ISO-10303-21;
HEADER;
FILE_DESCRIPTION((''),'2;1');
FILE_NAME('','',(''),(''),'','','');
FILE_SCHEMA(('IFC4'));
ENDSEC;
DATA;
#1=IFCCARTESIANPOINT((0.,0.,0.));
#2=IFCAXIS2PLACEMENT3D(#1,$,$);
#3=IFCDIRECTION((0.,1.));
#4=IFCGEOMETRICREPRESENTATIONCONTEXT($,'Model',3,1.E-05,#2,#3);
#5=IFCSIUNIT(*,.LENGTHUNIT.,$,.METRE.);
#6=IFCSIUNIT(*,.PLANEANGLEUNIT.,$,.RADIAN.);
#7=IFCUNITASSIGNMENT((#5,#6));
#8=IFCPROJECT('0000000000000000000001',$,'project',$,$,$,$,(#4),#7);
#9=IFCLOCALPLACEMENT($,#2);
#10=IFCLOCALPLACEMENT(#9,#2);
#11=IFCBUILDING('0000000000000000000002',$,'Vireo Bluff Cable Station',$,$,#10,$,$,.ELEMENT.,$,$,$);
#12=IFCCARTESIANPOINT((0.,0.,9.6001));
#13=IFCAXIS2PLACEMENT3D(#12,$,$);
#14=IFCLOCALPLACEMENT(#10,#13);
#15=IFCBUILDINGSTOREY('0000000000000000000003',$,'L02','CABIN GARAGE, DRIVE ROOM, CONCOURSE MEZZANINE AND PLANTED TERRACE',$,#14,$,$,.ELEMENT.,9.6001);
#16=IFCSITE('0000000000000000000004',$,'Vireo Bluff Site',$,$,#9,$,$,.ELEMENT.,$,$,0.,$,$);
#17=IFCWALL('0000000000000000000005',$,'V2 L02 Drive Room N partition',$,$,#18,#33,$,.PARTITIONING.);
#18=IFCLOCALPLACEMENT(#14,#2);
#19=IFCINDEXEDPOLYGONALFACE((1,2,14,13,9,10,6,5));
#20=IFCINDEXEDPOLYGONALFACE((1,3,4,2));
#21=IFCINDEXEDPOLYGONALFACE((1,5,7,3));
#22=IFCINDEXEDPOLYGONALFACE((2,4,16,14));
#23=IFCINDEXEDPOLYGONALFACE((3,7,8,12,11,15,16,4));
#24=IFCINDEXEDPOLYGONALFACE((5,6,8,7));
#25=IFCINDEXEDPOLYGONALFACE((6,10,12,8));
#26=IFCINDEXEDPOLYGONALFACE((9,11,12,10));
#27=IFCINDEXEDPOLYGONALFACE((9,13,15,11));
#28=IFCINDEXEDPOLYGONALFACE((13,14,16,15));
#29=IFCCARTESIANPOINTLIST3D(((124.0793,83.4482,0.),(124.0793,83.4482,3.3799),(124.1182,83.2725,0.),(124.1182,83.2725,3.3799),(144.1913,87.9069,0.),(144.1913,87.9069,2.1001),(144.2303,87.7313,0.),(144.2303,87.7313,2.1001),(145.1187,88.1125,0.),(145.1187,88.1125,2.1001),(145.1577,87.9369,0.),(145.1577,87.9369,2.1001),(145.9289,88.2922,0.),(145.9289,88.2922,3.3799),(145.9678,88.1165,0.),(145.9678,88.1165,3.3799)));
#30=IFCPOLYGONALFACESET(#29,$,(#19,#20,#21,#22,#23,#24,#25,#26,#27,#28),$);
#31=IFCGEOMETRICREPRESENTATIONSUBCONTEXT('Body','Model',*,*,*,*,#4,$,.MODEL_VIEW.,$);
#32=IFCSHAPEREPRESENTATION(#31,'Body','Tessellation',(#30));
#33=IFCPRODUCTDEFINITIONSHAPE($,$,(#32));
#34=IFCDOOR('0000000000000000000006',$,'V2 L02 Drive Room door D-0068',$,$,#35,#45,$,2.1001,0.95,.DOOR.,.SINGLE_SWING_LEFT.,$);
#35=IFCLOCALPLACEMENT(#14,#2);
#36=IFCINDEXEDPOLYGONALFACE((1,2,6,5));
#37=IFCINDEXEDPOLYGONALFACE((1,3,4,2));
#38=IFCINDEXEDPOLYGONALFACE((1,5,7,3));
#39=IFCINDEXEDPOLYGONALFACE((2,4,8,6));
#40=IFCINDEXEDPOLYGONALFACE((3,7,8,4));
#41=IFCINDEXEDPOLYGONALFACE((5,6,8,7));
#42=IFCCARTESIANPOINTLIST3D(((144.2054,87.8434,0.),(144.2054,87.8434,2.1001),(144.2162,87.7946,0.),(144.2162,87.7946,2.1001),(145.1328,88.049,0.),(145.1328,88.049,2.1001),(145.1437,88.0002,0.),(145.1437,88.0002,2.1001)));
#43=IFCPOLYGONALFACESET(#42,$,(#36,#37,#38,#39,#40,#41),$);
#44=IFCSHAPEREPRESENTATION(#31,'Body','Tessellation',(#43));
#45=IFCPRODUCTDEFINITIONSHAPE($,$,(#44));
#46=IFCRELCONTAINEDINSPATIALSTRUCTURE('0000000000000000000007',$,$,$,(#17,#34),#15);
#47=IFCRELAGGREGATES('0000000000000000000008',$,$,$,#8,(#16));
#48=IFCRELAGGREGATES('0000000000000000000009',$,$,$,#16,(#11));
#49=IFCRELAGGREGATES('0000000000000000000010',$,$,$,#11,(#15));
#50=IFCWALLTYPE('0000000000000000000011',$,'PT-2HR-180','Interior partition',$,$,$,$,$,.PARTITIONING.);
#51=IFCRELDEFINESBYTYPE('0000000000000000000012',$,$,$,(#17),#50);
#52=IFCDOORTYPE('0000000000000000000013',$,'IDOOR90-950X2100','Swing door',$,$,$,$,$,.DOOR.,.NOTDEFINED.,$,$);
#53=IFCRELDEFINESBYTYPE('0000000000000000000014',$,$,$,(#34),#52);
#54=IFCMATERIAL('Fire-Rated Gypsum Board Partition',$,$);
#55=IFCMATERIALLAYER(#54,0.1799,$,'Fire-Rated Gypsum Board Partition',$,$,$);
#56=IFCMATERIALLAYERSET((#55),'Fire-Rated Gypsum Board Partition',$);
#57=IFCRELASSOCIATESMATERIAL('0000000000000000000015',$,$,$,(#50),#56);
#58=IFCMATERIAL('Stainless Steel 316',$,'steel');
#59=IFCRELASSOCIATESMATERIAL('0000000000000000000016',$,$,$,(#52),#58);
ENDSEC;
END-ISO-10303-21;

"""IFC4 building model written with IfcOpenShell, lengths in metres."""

from ifc_helpers import new_model, si_unit, direction, frame, frame_2d, origin, origin_with_axes, place, context, subcontext, project, spatial, rectangle, extrude, material, layer, layer_set, type_object, element, fill, save


model = new_model("IFC4")

# Units and contexts
model_context = context("Model", 3, precision=1e-05, world=origin(), true_north=direction((0.0, 1.0)))
body_context = subcontext(model_context, "Body", "Model", "MODEL_VIEW")
ifc_project = project(units=[si_unit("LENGTHUNIT", "METRE"), si_unit("PLANEANGLEUNIT", "RADIAN")], contexts=[model_context])

# Site, building, storey
site_placement = place(None, origin())
site = spatial("IfcSite", under=ifc_project, at=site_placement, Name="Vireo Bluff Site", CompositionType="ELEMENT", RefElevation=0.0)
building_placement = place(site_placement, origin())
building = spatial("IfcBuilding", under=site, at=building_placement, Name="Vireo Bluff Cable Station", CompositionType="ELEMENT")
storey_placement = place(building_placement, frame((0.0, 0.0, 9.6001)))
storey = spatial("IfcBuildingStorey", under=building, at=storey_placement, Name="L02", Description="CABIN GARAGE, DRIVE ROOM, CONCOURSE MEZZANINE AND PLANTED TERRACE", CompositionType="ELEMENT", Elevation=9.6001)

# Wall, opening, door
ifc_material_1 = material(Name="Fire-Rated Gypsum Board Partition")
ifc_layer_1 = layer(ifc_material_1, 0.1799, Name="Fire-Rated Gypsum Board Partition")
ifc_layer_set_1 = layer_set([ifc_layer_1], Name="Fire-Rated Gypsum Board Partition")
wall_type = type_object("IfcWallType", Name="PT-2HR-180", Description="Interior partition", PredefinedType="PARTITIONING", material=ifc_layer_set_1)
wall_placement = place(storey_placement, frame((124.0989, 83.3604, 0.0), z_axis=(0.0, 0.0, 1.0), x_axis=(0.976296, 0.216442, 0.0)))
wall = element("IfcWall", 1, at=wall_placement, inside=storey, type_object=wall_type, Name="V2 L02 Drive Room N partition", PredefinedType="PARTITIONING", context=body_context, shape_type="SweptSolid", body=[
    extrude(rectangle(XDim=22.3801, YDim=0.1799, at=frame_2d((11.1899, 0.0))), origin(), (0.0, 0.0, 1.0), 3.3799),
])
opening_placement = place(wall_placement, frame((20.6001, 0.0, 0.0)))
opening = element("IfcOpeningElement", 2, at=opening_placement, cuts=wall, PredefinedType="OPENING", context=body_context, shape_type="SweptSolid", body=[
    extrude(rectangle(XDim=0.95, YDim=2.1001, at=frame_2d((0.4751, 1.05))), frame((0.0, 0.1001, 0.0), z_axis=(0.0, -1.0, 0.0), x_axis=(1.0, 0.0, 0.0)), (0.0, 0.0, 1.0), 0.2),
])
ifc_material_2 = material(Name="Stainless Steel 316", Category="steel")
door_type = type_object("IfcDoorType", Name="IDOOR90-950X2100", Description="Swing door", OperationType="NOTDEFINED", PredefinedType="DOOR", material=ifc_material_2)
door_placement = place(opening_placement, origin_with_axes())
door = element("IfcDoor", 3, at=door_placement, inside=storey, type_object=door_type, Name="V2 L02 Drive Room door D-0068", OperationType="SINGLE_SWING_LEFT", OverallHeight=2.1001, OverallWidth=0.95, PredefinedType="DOOR", context=body_context, shape_type="SweptSolid", body=[
    extrude(rectangle(XDim=0.95, YDim=2.1001, at=frame_2d((0.4751, 1.05))), frame((0.0, 0.0249, 0.0), z_axis=(0.0, -1.0, 0.0), x_axis=(1.0, 0.0, 0.0)), (0.0, 0.0, 1.0), 0.05),
])
fill(opening, door)

save(model, "model.ifc")
